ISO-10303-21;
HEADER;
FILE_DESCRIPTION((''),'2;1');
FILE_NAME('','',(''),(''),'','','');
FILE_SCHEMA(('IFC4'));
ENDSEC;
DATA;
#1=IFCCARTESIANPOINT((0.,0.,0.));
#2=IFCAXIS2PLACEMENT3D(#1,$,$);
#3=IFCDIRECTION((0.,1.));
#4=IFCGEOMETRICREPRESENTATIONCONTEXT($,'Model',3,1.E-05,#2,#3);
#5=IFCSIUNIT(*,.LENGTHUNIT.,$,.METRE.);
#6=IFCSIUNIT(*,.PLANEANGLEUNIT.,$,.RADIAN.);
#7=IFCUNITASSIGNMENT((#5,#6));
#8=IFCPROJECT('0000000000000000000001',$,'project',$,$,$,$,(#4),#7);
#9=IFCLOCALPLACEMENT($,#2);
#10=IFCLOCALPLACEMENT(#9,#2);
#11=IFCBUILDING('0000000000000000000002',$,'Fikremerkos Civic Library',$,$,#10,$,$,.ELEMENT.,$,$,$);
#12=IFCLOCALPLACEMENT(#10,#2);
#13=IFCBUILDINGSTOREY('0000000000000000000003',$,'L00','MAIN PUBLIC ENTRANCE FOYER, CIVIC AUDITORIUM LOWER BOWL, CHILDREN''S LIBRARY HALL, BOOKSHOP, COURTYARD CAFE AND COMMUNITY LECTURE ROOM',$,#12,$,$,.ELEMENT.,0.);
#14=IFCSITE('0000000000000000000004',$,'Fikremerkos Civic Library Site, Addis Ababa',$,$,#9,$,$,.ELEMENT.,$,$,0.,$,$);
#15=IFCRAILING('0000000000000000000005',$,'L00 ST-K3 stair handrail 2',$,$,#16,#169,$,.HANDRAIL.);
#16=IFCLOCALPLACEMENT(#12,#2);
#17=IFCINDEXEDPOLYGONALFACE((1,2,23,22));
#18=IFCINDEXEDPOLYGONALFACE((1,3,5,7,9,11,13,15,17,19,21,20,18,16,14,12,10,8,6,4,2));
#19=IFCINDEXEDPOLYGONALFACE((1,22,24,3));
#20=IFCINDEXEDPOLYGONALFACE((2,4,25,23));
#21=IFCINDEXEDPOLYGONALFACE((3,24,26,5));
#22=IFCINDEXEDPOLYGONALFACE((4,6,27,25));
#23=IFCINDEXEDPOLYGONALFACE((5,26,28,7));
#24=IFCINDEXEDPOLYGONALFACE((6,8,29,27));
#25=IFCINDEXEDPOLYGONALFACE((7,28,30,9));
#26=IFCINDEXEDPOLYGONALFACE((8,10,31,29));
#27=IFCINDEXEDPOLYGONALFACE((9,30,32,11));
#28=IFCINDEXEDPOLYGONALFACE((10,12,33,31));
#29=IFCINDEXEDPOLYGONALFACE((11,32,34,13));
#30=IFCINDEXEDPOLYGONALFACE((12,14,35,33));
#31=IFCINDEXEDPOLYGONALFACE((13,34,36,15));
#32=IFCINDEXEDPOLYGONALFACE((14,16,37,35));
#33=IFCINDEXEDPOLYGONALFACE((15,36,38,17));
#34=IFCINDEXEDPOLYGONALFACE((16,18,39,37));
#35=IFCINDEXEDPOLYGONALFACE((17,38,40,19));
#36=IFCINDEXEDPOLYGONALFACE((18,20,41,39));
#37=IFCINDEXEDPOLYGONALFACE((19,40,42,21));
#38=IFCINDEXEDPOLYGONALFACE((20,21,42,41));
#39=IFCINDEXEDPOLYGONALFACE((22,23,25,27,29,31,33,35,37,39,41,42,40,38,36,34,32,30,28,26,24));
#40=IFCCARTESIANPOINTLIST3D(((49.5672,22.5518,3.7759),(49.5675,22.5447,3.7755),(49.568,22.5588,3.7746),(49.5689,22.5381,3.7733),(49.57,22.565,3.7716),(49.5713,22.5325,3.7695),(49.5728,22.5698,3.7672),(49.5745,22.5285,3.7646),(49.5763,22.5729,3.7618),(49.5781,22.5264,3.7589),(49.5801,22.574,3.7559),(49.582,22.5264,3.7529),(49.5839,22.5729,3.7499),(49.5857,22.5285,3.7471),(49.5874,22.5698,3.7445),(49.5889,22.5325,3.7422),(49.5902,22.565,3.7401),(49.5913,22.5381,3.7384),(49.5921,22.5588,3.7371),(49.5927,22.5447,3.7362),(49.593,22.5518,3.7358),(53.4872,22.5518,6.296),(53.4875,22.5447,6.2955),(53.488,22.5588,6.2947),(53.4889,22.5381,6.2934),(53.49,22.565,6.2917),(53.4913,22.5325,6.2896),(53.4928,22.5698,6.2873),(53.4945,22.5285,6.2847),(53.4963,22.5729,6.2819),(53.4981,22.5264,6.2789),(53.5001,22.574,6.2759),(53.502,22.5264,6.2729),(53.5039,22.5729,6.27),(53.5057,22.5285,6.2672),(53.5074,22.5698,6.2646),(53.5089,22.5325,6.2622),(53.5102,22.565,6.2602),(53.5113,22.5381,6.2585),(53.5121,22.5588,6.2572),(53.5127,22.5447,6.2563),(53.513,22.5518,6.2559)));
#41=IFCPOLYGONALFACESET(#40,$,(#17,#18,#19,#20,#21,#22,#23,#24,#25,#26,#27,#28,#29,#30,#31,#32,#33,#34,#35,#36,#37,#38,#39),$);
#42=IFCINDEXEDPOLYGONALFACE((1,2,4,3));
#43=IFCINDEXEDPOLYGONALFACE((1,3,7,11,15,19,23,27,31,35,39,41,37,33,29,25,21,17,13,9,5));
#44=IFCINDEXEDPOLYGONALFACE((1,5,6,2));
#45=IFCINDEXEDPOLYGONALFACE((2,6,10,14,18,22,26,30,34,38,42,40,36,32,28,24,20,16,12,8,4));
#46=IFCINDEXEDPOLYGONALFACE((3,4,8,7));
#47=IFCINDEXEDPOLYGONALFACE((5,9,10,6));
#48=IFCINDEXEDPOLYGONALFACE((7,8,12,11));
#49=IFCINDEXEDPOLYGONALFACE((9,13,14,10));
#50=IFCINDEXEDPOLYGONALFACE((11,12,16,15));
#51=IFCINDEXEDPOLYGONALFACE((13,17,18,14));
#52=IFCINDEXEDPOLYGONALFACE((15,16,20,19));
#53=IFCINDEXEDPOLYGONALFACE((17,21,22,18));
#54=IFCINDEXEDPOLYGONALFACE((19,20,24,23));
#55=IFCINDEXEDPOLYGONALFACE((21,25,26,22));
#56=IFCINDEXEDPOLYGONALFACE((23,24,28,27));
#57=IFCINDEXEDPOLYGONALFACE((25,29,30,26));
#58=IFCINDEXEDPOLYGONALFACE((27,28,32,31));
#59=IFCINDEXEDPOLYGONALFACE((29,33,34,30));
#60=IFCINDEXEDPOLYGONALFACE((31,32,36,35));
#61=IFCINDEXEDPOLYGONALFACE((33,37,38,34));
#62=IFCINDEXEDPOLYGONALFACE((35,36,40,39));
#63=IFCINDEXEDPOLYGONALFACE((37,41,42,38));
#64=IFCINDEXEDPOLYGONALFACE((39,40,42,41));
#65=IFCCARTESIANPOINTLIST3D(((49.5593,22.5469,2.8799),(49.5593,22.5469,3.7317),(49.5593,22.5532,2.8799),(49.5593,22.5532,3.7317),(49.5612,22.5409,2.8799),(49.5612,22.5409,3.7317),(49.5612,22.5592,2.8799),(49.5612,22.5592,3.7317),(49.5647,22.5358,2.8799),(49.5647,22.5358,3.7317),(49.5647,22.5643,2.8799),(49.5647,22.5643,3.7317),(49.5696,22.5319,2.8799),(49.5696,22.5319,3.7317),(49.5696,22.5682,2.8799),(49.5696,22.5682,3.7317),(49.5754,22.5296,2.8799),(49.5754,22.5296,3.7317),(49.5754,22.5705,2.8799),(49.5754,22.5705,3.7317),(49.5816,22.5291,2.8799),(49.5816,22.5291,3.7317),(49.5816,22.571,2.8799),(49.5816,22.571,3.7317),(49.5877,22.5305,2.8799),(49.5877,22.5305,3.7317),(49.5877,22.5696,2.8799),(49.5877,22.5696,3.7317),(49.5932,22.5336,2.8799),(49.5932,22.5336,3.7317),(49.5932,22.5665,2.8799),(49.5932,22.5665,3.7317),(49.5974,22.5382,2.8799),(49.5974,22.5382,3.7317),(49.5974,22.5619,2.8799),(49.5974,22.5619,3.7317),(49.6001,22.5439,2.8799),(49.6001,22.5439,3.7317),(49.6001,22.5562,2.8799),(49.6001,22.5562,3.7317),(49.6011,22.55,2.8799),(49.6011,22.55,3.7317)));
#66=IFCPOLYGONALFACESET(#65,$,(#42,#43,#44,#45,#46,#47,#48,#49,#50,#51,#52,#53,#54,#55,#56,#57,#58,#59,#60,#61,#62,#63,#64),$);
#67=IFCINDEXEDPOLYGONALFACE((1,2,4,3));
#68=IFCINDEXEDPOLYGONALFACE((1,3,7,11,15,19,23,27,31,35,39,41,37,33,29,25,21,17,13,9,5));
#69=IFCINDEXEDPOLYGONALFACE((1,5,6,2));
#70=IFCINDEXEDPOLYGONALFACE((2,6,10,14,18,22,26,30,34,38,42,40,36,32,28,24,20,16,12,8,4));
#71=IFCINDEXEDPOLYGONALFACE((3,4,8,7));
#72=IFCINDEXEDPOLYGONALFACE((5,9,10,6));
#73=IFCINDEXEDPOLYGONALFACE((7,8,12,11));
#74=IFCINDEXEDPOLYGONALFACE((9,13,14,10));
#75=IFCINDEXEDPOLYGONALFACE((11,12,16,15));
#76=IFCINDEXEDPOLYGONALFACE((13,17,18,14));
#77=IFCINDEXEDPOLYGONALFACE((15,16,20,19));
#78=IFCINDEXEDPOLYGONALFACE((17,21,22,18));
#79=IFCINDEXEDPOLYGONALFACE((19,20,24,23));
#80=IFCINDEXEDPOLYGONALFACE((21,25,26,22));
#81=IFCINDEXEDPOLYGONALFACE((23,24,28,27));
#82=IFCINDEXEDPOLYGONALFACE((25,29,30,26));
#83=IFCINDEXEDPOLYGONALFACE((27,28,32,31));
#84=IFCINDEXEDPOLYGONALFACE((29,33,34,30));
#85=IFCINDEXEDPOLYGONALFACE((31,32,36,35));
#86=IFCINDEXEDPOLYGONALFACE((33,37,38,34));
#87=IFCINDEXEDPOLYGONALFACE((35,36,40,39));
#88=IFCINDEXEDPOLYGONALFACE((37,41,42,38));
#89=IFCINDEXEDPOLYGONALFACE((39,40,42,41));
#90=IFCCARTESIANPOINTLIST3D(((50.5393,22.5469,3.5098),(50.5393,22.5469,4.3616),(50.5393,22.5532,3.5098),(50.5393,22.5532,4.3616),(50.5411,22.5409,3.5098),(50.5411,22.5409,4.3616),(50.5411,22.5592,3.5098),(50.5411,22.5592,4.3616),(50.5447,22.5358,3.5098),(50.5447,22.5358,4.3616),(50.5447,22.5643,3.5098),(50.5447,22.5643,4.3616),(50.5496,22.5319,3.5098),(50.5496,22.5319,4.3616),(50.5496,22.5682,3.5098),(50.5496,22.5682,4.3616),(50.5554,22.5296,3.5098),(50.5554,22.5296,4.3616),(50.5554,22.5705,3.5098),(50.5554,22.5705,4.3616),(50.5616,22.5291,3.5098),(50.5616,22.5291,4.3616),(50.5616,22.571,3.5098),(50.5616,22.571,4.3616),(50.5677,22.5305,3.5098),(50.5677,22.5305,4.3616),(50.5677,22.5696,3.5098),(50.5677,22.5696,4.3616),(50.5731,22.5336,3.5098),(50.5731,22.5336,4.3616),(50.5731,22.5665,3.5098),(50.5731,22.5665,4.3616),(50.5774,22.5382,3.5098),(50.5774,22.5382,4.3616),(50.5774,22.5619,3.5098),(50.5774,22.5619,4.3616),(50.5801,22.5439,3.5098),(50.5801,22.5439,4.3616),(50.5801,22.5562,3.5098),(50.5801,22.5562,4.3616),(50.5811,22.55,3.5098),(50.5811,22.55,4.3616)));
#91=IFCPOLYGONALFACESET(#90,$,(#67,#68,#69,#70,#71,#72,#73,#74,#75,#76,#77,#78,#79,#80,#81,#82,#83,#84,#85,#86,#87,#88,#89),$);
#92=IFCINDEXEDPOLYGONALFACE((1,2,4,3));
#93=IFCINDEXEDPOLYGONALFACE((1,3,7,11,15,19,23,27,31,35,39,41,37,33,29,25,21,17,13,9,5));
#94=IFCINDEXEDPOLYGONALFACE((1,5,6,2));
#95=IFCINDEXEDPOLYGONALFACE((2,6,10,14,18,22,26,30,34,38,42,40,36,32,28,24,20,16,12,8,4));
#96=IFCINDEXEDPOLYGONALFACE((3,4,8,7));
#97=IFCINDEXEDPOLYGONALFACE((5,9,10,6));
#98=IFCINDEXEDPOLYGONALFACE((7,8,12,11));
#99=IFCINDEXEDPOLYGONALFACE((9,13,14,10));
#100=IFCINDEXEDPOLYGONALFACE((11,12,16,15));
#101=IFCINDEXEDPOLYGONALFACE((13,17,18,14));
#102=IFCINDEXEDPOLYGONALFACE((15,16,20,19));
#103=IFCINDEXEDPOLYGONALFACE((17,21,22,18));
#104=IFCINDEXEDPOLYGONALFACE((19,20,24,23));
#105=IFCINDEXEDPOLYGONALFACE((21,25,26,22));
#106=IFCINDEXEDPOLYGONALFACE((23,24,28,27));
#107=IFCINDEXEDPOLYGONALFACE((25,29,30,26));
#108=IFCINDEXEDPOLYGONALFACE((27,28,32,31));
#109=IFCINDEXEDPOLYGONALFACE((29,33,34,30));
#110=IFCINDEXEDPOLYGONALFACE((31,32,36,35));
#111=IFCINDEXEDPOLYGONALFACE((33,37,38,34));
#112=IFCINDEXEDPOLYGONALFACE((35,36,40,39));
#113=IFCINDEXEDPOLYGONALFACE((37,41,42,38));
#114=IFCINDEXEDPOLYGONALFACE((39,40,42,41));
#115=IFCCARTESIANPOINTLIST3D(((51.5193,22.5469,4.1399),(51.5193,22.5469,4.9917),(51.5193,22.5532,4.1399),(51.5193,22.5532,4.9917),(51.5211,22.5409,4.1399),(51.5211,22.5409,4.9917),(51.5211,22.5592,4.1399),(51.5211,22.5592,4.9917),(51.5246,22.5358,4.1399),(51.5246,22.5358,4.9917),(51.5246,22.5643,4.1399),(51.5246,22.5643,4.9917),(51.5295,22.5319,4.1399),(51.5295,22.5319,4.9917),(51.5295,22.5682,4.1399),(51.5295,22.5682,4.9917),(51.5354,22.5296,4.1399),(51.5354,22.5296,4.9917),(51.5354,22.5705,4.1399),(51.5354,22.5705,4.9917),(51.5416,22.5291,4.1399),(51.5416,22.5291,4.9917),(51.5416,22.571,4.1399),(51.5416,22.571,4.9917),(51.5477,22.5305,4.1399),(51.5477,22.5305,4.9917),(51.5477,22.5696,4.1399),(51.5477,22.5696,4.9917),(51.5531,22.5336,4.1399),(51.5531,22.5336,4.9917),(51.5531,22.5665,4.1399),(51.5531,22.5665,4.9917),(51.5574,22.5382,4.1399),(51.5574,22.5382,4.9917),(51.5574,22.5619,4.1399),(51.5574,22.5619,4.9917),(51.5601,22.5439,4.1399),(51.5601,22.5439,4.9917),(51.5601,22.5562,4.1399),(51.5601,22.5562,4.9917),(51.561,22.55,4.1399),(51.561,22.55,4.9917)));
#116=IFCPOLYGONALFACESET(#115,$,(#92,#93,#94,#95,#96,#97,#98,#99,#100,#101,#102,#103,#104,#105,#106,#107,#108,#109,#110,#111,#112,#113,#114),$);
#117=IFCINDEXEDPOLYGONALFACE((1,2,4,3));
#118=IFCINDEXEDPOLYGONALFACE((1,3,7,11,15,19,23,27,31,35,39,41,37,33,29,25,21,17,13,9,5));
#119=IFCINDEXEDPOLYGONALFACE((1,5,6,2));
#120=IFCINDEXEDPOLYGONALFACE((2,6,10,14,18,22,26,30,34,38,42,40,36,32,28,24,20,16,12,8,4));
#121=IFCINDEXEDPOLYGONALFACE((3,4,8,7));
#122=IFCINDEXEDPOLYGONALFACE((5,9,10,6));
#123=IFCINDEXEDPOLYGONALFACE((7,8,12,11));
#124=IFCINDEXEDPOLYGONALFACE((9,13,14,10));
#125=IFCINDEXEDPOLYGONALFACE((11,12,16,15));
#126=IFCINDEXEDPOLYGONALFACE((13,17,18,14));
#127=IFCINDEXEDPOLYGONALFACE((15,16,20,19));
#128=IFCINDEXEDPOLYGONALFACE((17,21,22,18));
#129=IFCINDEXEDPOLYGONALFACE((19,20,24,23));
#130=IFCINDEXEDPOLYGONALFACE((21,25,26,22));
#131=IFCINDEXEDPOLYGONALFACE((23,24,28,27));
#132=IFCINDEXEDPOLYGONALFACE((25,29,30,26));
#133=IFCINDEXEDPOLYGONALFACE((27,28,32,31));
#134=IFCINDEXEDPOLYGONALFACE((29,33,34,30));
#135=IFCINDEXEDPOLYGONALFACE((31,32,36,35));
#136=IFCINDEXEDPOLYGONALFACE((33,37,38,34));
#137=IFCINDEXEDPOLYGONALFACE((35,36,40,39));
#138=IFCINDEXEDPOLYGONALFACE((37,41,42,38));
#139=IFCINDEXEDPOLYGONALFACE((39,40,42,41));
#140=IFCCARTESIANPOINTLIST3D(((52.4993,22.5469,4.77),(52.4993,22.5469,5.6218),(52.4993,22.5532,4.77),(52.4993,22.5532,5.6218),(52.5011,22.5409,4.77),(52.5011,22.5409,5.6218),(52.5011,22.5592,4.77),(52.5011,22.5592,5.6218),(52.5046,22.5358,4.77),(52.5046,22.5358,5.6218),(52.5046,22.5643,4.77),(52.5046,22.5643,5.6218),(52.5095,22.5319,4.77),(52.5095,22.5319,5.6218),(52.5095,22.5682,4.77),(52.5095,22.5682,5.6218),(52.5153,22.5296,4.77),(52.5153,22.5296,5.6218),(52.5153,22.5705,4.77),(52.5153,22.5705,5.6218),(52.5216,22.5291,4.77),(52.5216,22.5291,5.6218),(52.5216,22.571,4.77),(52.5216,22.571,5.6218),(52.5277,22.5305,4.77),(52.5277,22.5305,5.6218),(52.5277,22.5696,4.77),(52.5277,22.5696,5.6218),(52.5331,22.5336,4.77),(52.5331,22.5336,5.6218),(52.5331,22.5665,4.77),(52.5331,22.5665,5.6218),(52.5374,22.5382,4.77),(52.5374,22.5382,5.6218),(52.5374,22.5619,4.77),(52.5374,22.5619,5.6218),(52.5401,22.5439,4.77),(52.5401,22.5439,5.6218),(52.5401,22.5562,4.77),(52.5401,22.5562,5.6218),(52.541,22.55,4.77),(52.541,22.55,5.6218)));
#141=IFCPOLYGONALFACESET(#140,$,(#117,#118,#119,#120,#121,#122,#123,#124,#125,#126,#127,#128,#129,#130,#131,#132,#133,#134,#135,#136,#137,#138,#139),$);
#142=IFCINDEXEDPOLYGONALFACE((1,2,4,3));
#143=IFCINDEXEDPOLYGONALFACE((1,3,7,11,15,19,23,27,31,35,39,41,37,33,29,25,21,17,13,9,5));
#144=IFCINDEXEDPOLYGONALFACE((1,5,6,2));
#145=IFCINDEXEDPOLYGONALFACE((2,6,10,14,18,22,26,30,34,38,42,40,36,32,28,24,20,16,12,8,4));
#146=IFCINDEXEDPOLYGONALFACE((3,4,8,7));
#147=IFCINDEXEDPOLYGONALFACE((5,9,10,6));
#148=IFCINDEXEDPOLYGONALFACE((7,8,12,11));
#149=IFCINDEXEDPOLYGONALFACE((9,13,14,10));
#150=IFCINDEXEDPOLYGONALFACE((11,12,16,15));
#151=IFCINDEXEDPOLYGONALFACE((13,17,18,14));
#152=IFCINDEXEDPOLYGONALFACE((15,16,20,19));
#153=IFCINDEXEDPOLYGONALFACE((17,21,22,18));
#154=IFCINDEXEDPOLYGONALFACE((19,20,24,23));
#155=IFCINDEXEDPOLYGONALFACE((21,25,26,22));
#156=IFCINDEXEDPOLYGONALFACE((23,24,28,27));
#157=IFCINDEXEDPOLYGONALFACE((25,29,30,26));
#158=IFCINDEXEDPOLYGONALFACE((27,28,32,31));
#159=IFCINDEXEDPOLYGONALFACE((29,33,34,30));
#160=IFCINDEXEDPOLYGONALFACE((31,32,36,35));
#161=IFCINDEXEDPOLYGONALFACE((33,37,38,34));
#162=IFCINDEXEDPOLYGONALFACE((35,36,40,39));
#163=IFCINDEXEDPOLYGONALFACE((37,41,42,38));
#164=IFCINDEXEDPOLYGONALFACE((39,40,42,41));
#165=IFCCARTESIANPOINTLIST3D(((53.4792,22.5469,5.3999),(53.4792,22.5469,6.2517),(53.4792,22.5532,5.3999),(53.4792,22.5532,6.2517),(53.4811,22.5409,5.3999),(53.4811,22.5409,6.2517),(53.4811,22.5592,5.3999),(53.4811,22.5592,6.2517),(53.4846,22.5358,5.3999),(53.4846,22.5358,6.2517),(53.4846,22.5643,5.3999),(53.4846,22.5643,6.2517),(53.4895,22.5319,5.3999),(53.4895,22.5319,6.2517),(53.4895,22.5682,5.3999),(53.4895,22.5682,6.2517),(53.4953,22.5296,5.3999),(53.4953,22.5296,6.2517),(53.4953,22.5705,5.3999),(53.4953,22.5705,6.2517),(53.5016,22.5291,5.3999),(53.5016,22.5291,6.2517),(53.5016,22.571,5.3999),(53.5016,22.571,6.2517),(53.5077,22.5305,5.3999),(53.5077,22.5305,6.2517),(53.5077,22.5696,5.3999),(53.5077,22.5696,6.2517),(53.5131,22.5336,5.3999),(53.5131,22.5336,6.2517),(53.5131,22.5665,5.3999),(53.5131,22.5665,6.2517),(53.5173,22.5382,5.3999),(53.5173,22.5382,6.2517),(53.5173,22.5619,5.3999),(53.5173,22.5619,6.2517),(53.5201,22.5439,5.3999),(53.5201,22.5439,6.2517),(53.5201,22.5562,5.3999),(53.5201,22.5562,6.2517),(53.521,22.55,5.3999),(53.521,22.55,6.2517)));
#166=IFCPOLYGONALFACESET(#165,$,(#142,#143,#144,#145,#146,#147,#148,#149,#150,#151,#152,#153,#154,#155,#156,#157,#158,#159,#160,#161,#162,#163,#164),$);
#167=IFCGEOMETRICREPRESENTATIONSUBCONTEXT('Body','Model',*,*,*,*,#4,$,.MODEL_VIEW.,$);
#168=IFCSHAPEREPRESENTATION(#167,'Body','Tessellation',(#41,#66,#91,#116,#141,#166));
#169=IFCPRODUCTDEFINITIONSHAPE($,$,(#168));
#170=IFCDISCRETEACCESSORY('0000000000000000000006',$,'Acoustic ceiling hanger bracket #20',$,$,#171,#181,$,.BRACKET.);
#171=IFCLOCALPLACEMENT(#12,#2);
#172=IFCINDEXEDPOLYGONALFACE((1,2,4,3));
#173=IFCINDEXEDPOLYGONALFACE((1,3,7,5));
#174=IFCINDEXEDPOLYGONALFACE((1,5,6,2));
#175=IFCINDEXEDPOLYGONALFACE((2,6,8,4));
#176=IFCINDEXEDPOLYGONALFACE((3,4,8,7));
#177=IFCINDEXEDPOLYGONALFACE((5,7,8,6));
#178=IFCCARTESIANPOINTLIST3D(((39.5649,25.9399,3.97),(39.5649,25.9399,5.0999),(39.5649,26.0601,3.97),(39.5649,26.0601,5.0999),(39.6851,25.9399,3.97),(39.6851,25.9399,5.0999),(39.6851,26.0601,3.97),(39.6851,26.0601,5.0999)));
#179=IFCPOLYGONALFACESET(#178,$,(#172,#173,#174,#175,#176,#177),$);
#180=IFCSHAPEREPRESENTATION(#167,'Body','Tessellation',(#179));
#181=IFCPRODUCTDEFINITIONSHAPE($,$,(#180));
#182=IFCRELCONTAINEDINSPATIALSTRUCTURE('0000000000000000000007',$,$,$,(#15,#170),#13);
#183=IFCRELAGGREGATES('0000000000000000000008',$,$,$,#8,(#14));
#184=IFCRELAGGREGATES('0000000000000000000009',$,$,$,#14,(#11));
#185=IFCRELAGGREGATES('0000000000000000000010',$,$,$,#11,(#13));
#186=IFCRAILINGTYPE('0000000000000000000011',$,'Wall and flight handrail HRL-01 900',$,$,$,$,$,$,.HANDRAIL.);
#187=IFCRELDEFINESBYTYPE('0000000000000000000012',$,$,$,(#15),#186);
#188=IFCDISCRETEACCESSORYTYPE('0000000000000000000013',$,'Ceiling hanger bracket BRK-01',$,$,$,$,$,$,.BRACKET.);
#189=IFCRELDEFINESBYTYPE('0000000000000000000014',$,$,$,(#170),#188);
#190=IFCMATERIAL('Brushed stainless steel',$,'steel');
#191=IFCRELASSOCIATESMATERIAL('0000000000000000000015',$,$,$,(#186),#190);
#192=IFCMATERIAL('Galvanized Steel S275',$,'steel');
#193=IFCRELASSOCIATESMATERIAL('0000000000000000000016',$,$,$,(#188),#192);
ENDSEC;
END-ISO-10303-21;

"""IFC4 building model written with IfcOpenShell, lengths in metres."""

from ifc_helpers import new_model, si_unit, direction, frame, origin, origin_2d, place, context, subcontext, project, spatial, rectangle, circle, extrude, material, type_object, element, save


model = new_model("IFC4")

# Units and contexts
model_context = context("Model", 3, precision=1e-05, world=origin(), true_north=direction((0.0, 1.0)))
body_context = subcontext(model_context, "Body", "Model", "MODEL_VIEW")
ifc_project = project(units=[si_unit("LENGTHUNIT", "METRE"), si_unit("PLANEANGLEUNIT", "RADIAN")], contexts=[model_context])

# Site, building, storey
site_placement = place(None, origin())
site = spatial("IfcSite", under=ifc_project, at=site_placement, Name="Fikremerkos Civic Library Site, Addis Ababa", CompositionType="ELEMENT", RefElevation=0.0)
building_placement = place(site_placement, origin())
building = spatial("IfcBuilding", under=site, at=building_placement, Name="Fikremerkos Civic Library", CompositionType="ELEMENT")
storey_placement = place(building_placement, origin())
storey = spatial("IfcBuildingStorey", under=building, at=storey_placement, Name="L00", Description="MAIN PUBLIC ENTRANCE FOYER, CIVIC AUDITORIUM LOWER BOWL, CHILDREN'S LIBRARY HALL, BOOKSHOP, COURTYARD CAFE AND COMMUNITY LECTURE ROOM", CompositionType="ELEMENT", Elevation=0.0)

# Shared definitions
ifc_material_1 = material(Name="Brushed stainless steel", Category="steel")

# Railing
railing_type_1 = type_object("IfcRailingType", Name="Wall and flight handrail HRL-01 900", PredefinedType="HANDRAIL", material=ifc_material_1)
railing_1_placement = place(storey_placement, frame((49.5801, 22.55, 2.8799)))
element("IfcRailing", 1, at=railing_1_placement, inside=storey, type_object=railing_type_1, Name="L00 ST-K3 stair handrail 2", PredefinedType="HANDRAIL", context=body_context, shape_type="SweptSolid", body=[
    extrude(circle(Radius=0.0239, at=origin_2d()), frame((0.0, 0.0, 0.876), z_axis=(0.841172, 0.0, 0.540768), x_axis=(0.0, 1.0, 0.0)), (0.0, 0.0, 1.0), 4.6602),
    extrude(circle(Radius=0.021, at=origin_2d()), origin(), (0.0, 0.0, 1.0), 0.8518),
    extrude(circle(Radius=0.021, at=origin_2d()), frame((0.98, 0.0, 0.6299)), (0.0, 0.0, 1.0), 0.8518),
    extrude(circle(Radius=0.021, at=origin_2d()), frame((1.96, 0.0, 1.26)), (0.0, 0.0, 1.0), 0.8518),
    extrude(circle(Radius=0.021, at=origin_2d()), frame((2.9399, 0.0, 1.8901)), (0.0, 0.0, 1.0), 0.8518),
    extrude(circle(Radius=0.021, at=origin_2d()), frame((3.9199, 0.0, 2.52)), (0.0, 0.0, 1.0), 0.8518),
])

# Discrete accessory
ifc_material_2 = material(Name="Galvanized Steel S275", Category="steel")
discrete_accessory_type = type_object("IfcDiscreteAccessoryType", Name="Ceiling hanger bracket BRK-01", PredefinedType="BRACKET", material=ifc_material_2)
discrete_accessory_placement = place(storey_placement, frame((39.625, 26.0, 3.97), z_axis=(0.0, 0.0, 1.0), x_axis=(1.0, 0.0, 0.0)))
element("IfcDiscreteAccessory", 2, at=discrete_accessory_placement, inside=storey, type_object=discrete_accessory_type, Name="Acoustic ceiling hanger bracket #20", PredefinedType="BRACKET", context=body_context, shape_type="SweptSolid", body=[
    extrude(rectangle(XDim=0.1201, YDim=0.1201, at=origin_2d()), origin(), (0.0, 0.0, 1.0), 1.1299),
])

save(model, "model.ifc")
